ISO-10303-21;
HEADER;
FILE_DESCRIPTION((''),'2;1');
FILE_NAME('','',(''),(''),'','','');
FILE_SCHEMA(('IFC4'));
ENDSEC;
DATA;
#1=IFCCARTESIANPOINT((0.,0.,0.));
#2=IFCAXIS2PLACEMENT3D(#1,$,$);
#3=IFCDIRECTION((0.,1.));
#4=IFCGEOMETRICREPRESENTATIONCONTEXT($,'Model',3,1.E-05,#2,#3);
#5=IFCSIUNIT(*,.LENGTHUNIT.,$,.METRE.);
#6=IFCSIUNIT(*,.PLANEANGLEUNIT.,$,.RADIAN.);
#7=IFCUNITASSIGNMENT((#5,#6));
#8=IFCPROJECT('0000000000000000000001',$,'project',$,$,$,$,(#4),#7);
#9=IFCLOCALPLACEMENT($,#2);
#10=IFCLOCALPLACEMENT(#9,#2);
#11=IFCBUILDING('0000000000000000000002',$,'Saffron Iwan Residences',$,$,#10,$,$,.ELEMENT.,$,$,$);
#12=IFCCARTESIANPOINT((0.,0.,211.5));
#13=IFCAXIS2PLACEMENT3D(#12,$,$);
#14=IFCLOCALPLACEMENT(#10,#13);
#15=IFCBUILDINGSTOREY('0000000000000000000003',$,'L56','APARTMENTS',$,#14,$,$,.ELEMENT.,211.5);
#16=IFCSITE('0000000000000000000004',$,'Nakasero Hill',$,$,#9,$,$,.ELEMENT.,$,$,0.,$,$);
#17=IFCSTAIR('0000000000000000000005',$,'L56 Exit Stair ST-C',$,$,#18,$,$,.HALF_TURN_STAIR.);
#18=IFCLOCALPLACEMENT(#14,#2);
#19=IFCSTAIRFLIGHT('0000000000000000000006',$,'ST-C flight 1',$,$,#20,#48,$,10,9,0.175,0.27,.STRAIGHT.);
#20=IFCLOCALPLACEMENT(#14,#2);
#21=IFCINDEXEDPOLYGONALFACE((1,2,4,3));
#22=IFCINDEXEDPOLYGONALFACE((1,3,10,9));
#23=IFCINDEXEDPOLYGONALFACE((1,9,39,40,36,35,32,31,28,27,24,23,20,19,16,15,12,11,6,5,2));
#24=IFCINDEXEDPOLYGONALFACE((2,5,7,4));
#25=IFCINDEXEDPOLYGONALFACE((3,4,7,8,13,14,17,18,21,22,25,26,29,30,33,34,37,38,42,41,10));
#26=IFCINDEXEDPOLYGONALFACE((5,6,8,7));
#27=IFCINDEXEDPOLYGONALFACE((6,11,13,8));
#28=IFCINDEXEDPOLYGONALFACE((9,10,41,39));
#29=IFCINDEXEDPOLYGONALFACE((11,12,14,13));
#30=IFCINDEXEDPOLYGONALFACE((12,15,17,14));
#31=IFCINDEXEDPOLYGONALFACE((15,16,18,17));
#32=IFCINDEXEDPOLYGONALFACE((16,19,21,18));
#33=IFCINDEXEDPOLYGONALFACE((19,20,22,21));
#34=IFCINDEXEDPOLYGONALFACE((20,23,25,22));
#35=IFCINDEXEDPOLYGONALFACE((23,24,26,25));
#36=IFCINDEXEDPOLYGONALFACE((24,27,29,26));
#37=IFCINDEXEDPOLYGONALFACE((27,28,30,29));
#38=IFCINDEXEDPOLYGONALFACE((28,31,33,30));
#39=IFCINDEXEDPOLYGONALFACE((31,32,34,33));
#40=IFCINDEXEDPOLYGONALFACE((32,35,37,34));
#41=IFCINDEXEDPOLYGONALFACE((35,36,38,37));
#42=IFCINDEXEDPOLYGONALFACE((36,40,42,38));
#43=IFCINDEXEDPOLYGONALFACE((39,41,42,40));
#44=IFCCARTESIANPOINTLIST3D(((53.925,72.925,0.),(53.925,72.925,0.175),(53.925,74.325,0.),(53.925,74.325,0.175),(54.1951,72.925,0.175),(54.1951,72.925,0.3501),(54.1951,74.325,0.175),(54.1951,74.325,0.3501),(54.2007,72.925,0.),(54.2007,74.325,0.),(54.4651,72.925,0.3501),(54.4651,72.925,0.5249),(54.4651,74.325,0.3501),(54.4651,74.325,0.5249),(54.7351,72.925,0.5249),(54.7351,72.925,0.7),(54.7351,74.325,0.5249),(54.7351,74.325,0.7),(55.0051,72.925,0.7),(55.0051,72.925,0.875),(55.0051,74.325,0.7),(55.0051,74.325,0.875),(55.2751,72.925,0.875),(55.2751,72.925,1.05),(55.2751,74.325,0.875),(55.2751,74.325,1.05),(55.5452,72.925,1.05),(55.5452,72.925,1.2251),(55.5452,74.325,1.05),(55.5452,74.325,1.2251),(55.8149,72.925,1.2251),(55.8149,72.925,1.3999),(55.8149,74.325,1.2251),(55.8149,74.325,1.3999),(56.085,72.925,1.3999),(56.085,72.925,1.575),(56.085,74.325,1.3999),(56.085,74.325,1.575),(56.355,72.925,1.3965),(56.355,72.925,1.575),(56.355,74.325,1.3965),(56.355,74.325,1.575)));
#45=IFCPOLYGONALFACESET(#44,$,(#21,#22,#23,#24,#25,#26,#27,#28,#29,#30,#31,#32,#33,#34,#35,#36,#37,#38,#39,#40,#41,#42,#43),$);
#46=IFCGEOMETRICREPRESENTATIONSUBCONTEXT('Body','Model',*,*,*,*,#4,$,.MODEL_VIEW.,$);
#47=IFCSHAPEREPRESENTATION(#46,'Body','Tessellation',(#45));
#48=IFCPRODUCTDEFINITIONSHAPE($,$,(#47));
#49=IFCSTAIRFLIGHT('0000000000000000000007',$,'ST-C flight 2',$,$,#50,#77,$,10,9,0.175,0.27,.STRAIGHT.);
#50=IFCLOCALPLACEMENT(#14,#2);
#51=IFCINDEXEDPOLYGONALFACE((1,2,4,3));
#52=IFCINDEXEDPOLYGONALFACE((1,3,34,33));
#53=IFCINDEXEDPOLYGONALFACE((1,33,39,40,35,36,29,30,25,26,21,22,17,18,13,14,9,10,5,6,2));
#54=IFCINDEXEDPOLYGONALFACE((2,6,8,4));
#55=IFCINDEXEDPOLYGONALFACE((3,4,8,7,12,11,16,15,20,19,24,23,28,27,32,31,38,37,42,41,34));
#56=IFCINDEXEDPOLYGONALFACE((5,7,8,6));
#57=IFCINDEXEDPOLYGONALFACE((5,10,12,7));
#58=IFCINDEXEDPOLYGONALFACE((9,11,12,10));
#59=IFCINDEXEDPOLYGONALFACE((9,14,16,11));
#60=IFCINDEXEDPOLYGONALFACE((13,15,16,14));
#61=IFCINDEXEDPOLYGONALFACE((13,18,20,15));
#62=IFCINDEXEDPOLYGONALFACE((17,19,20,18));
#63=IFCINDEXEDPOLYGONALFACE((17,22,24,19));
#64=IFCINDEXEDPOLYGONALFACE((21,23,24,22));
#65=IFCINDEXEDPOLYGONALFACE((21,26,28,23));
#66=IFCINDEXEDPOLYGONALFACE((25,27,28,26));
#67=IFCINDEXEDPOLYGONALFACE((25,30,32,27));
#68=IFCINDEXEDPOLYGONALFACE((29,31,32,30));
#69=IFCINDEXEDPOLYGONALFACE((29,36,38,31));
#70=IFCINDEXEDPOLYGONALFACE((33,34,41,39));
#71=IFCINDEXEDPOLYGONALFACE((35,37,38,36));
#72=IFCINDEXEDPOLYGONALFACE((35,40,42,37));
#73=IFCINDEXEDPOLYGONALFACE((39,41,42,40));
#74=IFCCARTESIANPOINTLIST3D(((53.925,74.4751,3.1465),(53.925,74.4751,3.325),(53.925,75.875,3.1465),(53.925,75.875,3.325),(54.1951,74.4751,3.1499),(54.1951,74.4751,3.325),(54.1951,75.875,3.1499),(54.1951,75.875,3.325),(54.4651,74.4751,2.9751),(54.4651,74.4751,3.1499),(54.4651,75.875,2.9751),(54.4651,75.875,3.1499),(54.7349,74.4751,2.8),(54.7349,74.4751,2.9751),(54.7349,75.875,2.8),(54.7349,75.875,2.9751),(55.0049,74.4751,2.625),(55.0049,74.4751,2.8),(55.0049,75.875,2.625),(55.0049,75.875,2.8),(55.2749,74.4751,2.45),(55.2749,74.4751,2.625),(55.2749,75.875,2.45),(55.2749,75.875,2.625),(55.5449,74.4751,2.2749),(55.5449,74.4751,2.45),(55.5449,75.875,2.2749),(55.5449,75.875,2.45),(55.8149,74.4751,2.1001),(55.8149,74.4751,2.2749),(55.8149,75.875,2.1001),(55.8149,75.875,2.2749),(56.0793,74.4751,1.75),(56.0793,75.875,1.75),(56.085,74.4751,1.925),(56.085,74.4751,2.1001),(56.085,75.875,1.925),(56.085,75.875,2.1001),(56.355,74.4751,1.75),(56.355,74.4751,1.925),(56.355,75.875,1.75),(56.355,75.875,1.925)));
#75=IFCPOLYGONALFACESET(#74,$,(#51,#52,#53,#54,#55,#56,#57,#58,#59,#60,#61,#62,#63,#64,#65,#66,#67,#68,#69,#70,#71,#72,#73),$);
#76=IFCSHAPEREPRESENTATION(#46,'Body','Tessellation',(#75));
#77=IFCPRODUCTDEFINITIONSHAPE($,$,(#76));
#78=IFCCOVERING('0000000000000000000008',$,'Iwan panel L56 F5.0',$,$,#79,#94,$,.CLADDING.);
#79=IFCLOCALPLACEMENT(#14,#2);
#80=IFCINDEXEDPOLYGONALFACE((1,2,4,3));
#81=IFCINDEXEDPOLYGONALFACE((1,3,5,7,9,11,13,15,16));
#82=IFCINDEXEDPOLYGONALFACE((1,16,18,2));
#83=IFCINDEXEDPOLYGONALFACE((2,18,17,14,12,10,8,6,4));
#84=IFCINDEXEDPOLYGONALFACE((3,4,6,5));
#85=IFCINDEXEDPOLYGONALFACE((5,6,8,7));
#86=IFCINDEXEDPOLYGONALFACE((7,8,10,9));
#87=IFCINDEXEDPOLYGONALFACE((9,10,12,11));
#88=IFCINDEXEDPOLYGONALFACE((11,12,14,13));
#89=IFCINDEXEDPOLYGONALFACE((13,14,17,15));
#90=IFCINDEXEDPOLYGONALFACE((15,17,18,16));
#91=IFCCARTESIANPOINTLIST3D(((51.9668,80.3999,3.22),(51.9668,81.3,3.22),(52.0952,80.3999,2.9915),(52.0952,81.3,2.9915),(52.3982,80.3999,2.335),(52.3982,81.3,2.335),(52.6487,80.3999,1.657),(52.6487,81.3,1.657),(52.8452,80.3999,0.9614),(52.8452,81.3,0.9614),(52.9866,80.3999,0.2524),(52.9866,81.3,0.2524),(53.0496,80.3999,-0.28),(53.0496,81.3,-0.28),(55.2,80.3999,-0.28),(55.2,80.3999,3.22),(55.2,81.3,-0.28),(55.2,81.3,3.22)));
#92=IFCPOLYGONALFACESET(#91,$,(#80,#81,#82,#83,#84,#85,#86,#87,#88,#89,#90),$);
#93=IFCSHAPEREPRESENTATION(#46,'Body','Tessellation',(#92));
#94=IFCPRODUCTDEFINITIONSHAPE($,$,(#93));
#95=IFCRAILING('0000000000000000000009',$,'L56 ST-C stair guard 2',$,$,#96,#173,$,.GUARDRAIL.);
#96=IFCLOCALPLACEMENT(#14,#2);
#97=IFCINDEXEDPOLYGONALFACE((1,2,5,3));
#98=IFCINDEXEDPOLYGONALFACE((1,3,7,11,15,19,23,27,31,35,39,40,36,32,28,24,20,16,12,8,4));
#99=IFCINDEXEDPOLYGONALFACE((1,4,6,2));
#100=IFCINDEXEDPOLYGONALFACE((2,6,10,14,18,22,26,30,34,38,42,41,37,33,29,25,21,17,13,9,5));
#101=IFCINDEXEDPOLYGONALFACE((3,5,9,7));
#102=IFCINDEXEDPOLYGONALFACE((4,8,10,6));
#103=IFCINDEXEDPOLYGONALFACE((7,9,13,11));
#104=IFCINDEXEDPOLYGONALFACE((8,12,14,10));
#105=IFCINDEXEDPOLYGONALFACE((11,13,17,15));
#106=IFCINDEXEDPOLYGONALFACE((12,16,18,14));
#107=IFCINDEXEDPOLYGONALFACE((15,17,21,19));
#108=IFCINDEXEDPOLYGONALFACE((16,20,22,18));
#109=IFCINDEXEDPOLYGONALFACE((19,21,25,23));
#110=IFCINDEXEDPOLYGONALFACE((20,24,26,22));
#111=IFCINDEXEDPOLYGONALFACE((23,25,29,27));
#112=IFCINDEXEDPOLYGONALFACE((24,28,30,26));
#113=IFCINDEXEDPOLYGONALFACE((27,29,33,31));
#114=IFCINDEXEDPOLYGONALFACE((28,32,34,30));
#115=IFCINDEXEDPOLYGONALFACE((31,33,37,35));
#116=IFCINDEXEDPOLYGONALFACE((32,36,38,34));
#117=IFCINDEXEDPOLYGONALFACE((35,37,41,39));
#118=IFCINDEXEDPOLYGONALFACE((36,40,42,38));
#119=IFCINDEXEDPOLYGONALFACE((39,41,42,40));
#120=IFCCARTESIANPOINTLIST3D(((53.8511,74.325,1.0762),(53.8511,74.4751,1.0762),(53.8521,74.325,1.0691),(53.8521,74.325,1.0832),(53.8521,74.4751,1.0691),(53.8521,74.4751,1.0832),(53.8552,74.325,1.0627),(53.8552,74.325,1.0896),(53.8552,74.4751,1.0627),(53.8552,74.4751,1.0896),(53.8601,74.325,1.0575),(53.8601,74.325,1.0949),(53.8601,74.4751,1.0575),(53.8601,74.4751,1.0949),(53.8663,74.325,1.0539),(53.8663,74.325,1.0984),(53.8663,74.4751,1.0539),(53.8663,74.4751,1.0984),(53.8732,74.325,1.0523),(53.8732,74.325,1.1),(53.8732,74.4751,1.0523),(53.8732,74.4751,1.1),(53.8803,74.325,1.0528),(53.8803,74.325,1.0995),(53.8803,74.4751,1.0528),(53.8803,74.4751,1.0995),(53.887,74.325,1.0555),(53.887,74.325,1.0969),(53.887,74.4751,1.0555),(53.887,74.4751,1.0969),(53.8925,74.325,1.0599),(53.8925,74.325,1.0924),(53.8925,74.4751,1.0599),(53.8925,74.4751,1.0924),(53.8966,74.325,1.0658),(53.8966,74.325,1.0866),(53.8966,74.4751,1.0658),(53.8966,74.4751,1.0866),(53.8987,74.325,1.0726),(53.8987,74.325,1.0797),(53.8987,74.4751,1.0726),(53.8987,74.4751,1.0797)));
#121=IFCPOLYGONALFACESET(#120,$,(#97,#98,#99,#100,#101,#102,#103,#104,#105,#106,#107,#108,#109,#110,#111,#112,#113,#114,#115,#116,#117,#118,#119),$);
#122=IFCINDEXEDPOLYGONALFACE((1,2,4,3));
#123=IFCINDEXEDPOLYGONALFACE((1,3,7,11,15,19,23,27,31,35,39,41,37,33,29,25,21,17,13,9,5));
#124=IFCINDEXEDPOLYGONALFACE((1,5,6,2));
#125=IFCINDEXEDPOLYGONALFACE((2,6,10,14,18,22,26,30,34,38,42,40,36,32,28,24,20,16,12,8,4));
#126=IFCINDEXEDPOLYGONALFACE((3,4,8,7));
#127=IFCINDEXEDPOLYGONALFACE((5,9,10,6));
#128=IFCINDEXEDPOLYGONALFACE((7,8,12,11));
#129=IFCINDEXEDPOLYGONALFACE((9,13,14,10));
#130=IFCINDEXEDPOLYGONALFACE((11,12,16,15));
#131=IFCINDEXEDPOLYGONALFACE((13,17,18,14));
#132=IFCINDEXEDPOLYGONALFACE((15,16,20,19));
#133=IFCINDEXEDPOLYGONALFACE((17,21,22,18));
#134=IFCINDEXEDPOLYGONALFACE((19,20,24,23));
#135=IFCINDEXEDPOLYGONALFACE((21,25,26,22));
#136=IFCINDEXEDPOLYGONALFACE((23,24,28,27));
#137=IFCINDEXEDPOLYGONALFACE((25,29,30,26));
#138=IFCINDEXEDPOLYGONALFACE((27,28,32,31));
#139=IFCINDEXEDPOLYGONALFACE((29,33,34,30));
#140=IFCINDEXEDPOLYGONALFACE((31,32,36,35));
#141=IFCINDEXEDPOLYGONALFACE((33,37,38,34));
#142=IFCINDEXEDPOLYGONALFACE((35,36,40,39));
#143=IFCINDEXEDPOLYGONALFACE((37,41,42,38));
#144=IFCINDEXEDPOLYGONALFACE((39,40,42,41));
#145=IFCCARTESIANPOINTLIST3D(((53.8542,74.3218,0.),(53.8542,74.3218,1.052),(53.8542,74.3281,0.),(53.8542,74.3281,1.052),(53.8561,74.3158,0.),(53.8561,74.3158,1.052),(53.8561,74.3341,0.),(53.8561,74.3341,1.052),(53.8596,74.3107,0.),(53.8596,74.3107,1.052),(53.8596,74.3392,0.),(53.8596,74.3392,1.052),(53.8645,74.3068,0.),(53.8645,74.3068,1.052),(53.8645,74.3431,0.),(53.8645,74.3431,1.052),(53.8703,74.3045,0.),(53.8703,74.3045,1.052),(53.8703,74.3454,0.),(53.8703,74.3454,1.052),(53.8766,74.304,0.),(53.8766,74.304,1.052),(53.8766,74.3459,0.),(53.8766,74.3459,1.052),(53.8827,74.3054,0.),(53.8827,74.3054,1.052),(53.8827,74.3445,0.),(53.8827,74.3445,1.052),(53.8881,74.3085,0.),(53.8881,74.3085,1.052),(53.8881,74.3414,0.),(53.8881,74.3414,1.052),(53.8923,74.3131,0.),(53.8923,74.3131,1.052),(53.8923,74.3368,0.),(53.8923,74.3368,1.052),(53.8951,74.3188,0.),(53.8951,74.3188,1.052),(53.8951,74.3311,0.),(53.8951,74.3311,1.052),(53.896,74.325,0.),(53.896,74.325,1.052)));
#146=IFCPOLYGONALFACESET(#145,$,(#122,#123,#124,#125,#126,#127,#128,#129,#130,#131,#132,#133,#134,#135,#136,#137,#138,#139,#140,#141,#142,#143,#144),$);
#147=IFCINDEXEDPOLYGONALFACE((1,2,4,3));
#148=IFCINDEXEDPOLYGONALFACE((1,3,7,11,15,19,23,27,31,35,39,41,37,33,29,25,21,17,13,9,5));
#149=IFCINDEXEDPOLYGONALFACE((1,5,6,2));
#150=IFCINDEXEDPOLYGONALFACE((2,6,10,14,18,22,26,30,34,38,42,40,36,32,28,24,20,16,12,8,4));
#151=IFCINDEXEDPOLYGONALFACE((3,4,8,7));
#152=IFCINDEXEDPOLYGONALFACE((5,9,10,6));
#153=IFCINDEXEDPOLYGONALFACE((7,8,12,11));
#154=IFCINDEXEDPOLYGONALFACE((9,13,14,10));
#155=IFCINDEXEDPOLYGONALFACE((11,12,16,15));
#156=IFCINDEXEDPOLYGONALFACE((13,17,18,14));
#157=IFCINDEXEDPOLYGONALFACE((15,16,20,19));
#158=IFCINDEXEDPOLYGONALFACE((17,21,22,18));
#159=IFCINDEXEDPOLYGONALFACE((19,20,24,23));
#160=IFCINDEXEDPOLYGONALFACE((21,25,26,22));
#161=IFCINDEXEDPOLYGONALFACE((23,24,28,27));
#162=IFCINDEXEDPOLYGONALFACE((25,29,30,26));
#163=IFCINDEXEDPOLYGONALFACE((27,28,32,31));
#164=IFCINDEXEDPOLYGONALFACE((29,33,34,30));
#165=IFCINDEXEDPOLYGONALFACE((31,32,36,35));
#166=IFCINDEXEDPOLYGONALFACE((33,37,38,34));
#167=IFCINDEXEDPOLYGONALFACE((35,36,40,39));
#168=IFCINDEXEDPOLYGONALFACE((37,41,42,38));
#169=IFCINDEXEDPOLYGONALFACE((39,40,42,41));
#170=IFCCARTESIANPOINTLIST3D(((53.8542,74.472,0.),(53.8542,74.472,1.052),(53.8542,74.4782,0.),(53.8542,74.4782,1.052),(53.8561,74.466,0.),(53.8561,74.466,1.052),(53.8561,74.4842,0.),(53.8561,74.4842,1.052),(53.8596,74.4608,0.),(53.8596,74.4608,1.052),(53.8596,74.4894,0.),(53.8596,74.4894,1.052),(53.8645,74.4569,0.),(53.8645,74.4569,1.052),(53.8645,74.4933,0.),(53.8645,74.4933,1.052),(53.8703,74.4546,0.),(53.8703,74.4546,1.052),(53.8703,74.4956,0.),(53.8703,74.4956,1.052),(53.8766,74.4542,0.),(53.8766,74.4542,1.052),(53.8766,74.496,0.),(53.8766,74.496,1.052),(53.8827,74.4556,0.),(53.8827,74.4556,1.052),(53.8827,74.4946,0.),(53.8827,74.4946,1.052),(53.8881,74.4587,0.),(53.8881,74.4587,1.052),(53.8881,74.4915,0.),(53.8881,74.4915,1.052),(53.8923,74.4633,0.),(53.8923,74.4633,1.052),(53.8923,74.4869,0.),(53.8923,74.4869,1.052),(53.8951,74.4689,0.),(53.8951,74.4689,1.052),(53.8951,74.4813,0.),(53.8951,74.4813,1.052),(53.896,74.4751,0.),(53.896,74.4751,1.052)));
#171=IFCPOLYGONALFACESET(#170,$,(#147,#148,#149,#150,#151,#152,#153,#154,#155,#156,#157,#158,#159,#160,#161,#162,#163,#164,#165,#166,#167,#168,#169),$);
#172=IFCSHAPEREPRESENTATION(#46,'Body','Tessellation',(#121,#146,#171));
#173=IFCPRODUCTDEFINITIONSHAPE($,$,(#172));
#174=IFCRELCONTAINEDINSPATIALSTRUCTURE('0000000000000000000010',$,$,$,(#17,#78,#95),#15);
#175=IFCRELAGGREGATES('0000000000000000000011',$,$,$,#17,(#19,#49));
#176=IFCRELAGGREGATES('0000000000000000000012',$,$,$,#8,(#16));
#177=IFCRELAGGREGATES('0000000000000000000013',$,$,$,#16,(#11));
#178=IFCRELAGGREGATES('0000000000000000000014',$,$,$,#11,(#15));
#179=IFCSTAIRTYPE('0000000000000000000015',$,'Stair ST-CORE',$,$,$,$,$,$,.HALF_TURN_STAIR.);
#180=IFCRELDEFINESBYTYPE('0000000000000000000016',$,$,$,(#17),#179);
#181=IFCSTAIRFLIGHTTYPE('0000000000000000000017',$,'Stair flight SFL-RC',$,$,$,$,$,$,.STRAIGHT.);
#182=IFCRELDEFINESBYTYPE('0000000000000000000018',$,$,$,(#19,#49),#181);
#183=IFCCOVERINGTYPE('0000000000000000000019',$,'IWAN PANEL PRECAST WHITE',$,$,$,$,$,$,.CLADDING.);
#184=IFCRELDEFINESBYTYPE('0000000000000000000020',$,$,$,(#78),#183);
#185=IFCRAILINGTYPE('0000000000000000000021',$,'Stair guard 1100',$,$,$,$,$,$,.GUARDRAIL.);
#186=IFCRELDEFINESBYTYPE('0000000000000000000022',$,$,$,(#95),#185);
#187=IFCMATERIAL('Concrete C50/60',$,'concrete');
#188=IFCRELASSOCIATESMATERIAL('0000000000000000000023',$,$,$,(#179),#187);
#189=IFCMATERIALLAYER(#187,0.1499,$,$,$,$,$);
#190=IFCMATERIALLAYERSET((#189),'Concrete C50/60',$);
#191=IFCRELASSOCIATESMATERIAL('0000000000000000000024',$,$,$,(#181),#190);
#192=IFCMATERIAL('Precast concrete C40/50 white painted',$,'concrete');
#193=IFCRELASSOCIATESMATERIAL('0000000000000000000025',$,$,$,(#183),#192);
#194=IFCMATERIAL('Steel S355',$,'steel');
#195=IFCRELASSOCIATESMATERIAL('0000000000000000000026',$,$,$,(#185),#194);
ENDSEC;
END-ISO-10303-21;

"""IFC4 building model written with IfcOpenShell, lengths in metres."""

from ifc_helpers import new_model, si_unit, direction, frame, origin, origin_2d, place, context, subcontext, project, spatial, polyline, circle, outline, extrude, material, layer, layer_set, type_object, element, aggregate, save


model = new_model("IFC4")

# Units and contexts
model_context = context("Model", 3, precision=1e-05, world=origin(), true_north=direction((0.0, 1.0)))
body_context = subcontext(model_context, "Body", "Model", "MODEL_VIEW")
ifc_project = project(units=[si_unit("LENGTHUNIT", "METRE"), si_unit("PLANEANGLEUNIT", "RADIAN")], contexts=[model_context])

# Site, building, storey
site_placement = place(None, origin())
site = spatial("IfcSite", under=ifc_project, at=site_placement, Name="Nakasero Hill", CompositionType="ELEMENT", RefElevation=0.0)
building_placement = place(site_placement, origin())
building = spatial("IfcBuilding", under=site, at=building_placement, Name="Saffron Iwan Residences", CompositionType="ELEMENT")
storey_placement = place(building_placement, frame((0.0, 0.0, 211.5)))
storey = spatial("IfcBuildingStorey", under=building, at=storey_placement, Name="L56", Description="APARTMENTS", CompositionType="ELEMENT", Elevation=211.5)

# Stair, stair flights
ifc_material_1 = material(Name="Concrete C50/60", Category="concrete")
stair_type = type_object("IfcStairType", Name="Stair ST-CORE", PredefinedType="HALF_TURN_STAIR", material=ifc_material_1)
stair_placement = place(storey_placement, origin())
stair = element("IfcStair", 1, at=stair_placement, inside=storey, type_object=stair_type, Name="L56 Exit Stair ST-C", PredefinedType="HALF_TURN_STAIR")
ifc_layer_1 = layer(ifc_material_1, 0.1499)
ifc_layer_set_1 = layer_set([ifc_layer_1], Name="Concrete C50/60")
stair_flight_type = type_object("IfcStairFlightType", Name="Stair flight SFL-RC", PredefinedType="STRAIGHT", material=ifc_layer_set_1)
stair_flight_1_placement = place(storey_placement, frame((53.925, 73.625, 0.0), z_axis=(0.0, 0.0, 1.0), x_axis=(1.0, 0.0, 0.0)))
stair_flight_1 = element("IfcStairFlight", 2, at=stair_flight_1_placement, type_object=stair_flight_type, Name="ST-C flight 1", NumberOfRisers=10, NumberOfTreads=9, PredefinedType="STRAIGHT", RiserHeight=0.175, TreadLength=0.27, context=body_context, shape_type="SweptSolid", body=[
    extrude(outline(polyline([(0.0, 0.0), (0.0, 0.175), (0.27, 0.175), (0.27, 0.3501), (0.54, 0.3501), (0.54, 0.5249), (0.8101, 0.5249), (0.8101, 0.7), (1.0801, 0.7), (1.0801, 0.875), (1.3501, 0.875), (1.3501, 1.05), (1.6201, 1.05), (1.6201, 1.2251), (1.8899, 1.2251), (1.8899, 1.3999), (2.1599, 1.3999), (2.1599, 1.575), (2.4299, 1.575), (2.4299, 1.75), (2.4299, 1.3965), (0.2756, 0.0), (0.0, 0.0)])), frame((0.0, 0.7, 0.0), z_axis=(0.0, -1.0, 0.0), x_axis=(1.0, 0.0, 0.0)), (0.0, 0.0, 1.0), 1.3999),
])
stair_flight_2_placement = place(storey_placement, frame((56.355, 75.175, 1.75), z_axis=(0.0, 0.0, 1.0), x_axis=(-1.0, 0.0, 0.0)))
stair_flight_2 = element("IfcStairFlight", 3, at=stair_flight_2_placement, type_object=stair_flight_type, Name="ST-C flight 2", NumberOfRisers=10, NumberOfTreads=9, PredefinedType="STRAIGHT", RiserHeight=0.175, TreadLength=0.27, context=body_context, shape_type="SweptSolid", body=[
    extrude(outline(polyline([(0.0, 0.0), (0.0, 0.175), (0.27, 0.175), (0.27, 0.3501), (0.54, 0.3501), (0.54, 0.5249), (0.8101, 0.5249), (0.8101, 0.7), (1.0801, 0.7), (1.0801, 0.875), (1.3501, 0.875), (1.3501, 1.05), (1.6201, 1.05), (1.6201, 1.2251), (1.8899, 1.2251), (1.8899, 1.3999), (2.1599, 1.3999), (2.1599, 1.575), (2.4299, 1.575), (2.4299, 1.75), (2.4299, 1.3965), (0.2756, 0.0), (0.0, 0.0)])), frame((0.0, 0.7, 0.0), z_axis=(0.0, -1.0, 0.0), x_axis=(1.0, 0.0, 0.0)), (0.0, 0.0, 1.0), 1.3999),
])
aggregate(stair, [stair_flight_1, stair_flight_2])

# Covering
ifc_material_2 = material(Name="Precast concrete C40/50 white painted", Category="concrete")
covering_type = type_object("IfcCoveringType", Name="IWAN PANEL PRECAST WHITE", PredefinedType="CLADDING", material=ifc_material_2)
covering_1_placement = place(storey_placement, frame((55.2, 80.3999, -0.28), z_axis=(0.0, 1.0, 0.0), x_axis=(-1.0, 0.0, 0.0)))
element("IfcCovering", 4, at=covering_1_placement, inside=storey, type_object=covering_type, Name="Iwan panel L56 F5.0", PredefinedType="CLADDING", context=body_context, shape_type="SweptSolid", body=[
    extrude(outline(polyline([(0.0, 0.0), (0.0, 3.5), (3.2332, 3.5), (3.1047, 3.2715), (2.8018, 2.615), (2.5513, 1.937), (2.3547, 1.2415), (2.2134, 0.5325), (2.1504, 0.0), (0.0, 0.0)])), origin(), (0.0, 0.0, 1.0), 0.9001),
])

# Railing
ifc_material_3 = material(Name="Steel S355", Category="steel")
railing_type_1 = type_object("IfcRailingType", Name="Stair guard 1100", PredefinedType="GUARDRAIL", material=ifc_material_3)
railing_1_placement = place(storey_placement, frame((53.875, 74.325, 0.0)))
element("IfcRailing", 5, at=railing_1_placement, inside=storey, type_object=railing_type_1, Name="L56 ST-C stair guard 2", PredefinedType="GUARDRAIL", context=body_context, shape_type="SweptSolid", body=[
    extrude(circle(Radius=0.0239, at=origin_2d()), frame((0.0, 0.0, 1.0762), z_axis=(0.0, 1.0, 0.0), x_axis=(-1.0, 0.0, 0.0)), (0.0, 0.0, 1.0), 0.1501),
    extrude(circle(Radius=0.021, at=origin_2d()), origin(), (0.0, 0.0, 1.0), 1.052),
    extrude(circle(Radius=0.021, at=origin_2d()), frame((0.0, 0.1501, 0.0)), (0.0, 0.0, 1.0), 1.052),
])

save(model, "model.ifc")
